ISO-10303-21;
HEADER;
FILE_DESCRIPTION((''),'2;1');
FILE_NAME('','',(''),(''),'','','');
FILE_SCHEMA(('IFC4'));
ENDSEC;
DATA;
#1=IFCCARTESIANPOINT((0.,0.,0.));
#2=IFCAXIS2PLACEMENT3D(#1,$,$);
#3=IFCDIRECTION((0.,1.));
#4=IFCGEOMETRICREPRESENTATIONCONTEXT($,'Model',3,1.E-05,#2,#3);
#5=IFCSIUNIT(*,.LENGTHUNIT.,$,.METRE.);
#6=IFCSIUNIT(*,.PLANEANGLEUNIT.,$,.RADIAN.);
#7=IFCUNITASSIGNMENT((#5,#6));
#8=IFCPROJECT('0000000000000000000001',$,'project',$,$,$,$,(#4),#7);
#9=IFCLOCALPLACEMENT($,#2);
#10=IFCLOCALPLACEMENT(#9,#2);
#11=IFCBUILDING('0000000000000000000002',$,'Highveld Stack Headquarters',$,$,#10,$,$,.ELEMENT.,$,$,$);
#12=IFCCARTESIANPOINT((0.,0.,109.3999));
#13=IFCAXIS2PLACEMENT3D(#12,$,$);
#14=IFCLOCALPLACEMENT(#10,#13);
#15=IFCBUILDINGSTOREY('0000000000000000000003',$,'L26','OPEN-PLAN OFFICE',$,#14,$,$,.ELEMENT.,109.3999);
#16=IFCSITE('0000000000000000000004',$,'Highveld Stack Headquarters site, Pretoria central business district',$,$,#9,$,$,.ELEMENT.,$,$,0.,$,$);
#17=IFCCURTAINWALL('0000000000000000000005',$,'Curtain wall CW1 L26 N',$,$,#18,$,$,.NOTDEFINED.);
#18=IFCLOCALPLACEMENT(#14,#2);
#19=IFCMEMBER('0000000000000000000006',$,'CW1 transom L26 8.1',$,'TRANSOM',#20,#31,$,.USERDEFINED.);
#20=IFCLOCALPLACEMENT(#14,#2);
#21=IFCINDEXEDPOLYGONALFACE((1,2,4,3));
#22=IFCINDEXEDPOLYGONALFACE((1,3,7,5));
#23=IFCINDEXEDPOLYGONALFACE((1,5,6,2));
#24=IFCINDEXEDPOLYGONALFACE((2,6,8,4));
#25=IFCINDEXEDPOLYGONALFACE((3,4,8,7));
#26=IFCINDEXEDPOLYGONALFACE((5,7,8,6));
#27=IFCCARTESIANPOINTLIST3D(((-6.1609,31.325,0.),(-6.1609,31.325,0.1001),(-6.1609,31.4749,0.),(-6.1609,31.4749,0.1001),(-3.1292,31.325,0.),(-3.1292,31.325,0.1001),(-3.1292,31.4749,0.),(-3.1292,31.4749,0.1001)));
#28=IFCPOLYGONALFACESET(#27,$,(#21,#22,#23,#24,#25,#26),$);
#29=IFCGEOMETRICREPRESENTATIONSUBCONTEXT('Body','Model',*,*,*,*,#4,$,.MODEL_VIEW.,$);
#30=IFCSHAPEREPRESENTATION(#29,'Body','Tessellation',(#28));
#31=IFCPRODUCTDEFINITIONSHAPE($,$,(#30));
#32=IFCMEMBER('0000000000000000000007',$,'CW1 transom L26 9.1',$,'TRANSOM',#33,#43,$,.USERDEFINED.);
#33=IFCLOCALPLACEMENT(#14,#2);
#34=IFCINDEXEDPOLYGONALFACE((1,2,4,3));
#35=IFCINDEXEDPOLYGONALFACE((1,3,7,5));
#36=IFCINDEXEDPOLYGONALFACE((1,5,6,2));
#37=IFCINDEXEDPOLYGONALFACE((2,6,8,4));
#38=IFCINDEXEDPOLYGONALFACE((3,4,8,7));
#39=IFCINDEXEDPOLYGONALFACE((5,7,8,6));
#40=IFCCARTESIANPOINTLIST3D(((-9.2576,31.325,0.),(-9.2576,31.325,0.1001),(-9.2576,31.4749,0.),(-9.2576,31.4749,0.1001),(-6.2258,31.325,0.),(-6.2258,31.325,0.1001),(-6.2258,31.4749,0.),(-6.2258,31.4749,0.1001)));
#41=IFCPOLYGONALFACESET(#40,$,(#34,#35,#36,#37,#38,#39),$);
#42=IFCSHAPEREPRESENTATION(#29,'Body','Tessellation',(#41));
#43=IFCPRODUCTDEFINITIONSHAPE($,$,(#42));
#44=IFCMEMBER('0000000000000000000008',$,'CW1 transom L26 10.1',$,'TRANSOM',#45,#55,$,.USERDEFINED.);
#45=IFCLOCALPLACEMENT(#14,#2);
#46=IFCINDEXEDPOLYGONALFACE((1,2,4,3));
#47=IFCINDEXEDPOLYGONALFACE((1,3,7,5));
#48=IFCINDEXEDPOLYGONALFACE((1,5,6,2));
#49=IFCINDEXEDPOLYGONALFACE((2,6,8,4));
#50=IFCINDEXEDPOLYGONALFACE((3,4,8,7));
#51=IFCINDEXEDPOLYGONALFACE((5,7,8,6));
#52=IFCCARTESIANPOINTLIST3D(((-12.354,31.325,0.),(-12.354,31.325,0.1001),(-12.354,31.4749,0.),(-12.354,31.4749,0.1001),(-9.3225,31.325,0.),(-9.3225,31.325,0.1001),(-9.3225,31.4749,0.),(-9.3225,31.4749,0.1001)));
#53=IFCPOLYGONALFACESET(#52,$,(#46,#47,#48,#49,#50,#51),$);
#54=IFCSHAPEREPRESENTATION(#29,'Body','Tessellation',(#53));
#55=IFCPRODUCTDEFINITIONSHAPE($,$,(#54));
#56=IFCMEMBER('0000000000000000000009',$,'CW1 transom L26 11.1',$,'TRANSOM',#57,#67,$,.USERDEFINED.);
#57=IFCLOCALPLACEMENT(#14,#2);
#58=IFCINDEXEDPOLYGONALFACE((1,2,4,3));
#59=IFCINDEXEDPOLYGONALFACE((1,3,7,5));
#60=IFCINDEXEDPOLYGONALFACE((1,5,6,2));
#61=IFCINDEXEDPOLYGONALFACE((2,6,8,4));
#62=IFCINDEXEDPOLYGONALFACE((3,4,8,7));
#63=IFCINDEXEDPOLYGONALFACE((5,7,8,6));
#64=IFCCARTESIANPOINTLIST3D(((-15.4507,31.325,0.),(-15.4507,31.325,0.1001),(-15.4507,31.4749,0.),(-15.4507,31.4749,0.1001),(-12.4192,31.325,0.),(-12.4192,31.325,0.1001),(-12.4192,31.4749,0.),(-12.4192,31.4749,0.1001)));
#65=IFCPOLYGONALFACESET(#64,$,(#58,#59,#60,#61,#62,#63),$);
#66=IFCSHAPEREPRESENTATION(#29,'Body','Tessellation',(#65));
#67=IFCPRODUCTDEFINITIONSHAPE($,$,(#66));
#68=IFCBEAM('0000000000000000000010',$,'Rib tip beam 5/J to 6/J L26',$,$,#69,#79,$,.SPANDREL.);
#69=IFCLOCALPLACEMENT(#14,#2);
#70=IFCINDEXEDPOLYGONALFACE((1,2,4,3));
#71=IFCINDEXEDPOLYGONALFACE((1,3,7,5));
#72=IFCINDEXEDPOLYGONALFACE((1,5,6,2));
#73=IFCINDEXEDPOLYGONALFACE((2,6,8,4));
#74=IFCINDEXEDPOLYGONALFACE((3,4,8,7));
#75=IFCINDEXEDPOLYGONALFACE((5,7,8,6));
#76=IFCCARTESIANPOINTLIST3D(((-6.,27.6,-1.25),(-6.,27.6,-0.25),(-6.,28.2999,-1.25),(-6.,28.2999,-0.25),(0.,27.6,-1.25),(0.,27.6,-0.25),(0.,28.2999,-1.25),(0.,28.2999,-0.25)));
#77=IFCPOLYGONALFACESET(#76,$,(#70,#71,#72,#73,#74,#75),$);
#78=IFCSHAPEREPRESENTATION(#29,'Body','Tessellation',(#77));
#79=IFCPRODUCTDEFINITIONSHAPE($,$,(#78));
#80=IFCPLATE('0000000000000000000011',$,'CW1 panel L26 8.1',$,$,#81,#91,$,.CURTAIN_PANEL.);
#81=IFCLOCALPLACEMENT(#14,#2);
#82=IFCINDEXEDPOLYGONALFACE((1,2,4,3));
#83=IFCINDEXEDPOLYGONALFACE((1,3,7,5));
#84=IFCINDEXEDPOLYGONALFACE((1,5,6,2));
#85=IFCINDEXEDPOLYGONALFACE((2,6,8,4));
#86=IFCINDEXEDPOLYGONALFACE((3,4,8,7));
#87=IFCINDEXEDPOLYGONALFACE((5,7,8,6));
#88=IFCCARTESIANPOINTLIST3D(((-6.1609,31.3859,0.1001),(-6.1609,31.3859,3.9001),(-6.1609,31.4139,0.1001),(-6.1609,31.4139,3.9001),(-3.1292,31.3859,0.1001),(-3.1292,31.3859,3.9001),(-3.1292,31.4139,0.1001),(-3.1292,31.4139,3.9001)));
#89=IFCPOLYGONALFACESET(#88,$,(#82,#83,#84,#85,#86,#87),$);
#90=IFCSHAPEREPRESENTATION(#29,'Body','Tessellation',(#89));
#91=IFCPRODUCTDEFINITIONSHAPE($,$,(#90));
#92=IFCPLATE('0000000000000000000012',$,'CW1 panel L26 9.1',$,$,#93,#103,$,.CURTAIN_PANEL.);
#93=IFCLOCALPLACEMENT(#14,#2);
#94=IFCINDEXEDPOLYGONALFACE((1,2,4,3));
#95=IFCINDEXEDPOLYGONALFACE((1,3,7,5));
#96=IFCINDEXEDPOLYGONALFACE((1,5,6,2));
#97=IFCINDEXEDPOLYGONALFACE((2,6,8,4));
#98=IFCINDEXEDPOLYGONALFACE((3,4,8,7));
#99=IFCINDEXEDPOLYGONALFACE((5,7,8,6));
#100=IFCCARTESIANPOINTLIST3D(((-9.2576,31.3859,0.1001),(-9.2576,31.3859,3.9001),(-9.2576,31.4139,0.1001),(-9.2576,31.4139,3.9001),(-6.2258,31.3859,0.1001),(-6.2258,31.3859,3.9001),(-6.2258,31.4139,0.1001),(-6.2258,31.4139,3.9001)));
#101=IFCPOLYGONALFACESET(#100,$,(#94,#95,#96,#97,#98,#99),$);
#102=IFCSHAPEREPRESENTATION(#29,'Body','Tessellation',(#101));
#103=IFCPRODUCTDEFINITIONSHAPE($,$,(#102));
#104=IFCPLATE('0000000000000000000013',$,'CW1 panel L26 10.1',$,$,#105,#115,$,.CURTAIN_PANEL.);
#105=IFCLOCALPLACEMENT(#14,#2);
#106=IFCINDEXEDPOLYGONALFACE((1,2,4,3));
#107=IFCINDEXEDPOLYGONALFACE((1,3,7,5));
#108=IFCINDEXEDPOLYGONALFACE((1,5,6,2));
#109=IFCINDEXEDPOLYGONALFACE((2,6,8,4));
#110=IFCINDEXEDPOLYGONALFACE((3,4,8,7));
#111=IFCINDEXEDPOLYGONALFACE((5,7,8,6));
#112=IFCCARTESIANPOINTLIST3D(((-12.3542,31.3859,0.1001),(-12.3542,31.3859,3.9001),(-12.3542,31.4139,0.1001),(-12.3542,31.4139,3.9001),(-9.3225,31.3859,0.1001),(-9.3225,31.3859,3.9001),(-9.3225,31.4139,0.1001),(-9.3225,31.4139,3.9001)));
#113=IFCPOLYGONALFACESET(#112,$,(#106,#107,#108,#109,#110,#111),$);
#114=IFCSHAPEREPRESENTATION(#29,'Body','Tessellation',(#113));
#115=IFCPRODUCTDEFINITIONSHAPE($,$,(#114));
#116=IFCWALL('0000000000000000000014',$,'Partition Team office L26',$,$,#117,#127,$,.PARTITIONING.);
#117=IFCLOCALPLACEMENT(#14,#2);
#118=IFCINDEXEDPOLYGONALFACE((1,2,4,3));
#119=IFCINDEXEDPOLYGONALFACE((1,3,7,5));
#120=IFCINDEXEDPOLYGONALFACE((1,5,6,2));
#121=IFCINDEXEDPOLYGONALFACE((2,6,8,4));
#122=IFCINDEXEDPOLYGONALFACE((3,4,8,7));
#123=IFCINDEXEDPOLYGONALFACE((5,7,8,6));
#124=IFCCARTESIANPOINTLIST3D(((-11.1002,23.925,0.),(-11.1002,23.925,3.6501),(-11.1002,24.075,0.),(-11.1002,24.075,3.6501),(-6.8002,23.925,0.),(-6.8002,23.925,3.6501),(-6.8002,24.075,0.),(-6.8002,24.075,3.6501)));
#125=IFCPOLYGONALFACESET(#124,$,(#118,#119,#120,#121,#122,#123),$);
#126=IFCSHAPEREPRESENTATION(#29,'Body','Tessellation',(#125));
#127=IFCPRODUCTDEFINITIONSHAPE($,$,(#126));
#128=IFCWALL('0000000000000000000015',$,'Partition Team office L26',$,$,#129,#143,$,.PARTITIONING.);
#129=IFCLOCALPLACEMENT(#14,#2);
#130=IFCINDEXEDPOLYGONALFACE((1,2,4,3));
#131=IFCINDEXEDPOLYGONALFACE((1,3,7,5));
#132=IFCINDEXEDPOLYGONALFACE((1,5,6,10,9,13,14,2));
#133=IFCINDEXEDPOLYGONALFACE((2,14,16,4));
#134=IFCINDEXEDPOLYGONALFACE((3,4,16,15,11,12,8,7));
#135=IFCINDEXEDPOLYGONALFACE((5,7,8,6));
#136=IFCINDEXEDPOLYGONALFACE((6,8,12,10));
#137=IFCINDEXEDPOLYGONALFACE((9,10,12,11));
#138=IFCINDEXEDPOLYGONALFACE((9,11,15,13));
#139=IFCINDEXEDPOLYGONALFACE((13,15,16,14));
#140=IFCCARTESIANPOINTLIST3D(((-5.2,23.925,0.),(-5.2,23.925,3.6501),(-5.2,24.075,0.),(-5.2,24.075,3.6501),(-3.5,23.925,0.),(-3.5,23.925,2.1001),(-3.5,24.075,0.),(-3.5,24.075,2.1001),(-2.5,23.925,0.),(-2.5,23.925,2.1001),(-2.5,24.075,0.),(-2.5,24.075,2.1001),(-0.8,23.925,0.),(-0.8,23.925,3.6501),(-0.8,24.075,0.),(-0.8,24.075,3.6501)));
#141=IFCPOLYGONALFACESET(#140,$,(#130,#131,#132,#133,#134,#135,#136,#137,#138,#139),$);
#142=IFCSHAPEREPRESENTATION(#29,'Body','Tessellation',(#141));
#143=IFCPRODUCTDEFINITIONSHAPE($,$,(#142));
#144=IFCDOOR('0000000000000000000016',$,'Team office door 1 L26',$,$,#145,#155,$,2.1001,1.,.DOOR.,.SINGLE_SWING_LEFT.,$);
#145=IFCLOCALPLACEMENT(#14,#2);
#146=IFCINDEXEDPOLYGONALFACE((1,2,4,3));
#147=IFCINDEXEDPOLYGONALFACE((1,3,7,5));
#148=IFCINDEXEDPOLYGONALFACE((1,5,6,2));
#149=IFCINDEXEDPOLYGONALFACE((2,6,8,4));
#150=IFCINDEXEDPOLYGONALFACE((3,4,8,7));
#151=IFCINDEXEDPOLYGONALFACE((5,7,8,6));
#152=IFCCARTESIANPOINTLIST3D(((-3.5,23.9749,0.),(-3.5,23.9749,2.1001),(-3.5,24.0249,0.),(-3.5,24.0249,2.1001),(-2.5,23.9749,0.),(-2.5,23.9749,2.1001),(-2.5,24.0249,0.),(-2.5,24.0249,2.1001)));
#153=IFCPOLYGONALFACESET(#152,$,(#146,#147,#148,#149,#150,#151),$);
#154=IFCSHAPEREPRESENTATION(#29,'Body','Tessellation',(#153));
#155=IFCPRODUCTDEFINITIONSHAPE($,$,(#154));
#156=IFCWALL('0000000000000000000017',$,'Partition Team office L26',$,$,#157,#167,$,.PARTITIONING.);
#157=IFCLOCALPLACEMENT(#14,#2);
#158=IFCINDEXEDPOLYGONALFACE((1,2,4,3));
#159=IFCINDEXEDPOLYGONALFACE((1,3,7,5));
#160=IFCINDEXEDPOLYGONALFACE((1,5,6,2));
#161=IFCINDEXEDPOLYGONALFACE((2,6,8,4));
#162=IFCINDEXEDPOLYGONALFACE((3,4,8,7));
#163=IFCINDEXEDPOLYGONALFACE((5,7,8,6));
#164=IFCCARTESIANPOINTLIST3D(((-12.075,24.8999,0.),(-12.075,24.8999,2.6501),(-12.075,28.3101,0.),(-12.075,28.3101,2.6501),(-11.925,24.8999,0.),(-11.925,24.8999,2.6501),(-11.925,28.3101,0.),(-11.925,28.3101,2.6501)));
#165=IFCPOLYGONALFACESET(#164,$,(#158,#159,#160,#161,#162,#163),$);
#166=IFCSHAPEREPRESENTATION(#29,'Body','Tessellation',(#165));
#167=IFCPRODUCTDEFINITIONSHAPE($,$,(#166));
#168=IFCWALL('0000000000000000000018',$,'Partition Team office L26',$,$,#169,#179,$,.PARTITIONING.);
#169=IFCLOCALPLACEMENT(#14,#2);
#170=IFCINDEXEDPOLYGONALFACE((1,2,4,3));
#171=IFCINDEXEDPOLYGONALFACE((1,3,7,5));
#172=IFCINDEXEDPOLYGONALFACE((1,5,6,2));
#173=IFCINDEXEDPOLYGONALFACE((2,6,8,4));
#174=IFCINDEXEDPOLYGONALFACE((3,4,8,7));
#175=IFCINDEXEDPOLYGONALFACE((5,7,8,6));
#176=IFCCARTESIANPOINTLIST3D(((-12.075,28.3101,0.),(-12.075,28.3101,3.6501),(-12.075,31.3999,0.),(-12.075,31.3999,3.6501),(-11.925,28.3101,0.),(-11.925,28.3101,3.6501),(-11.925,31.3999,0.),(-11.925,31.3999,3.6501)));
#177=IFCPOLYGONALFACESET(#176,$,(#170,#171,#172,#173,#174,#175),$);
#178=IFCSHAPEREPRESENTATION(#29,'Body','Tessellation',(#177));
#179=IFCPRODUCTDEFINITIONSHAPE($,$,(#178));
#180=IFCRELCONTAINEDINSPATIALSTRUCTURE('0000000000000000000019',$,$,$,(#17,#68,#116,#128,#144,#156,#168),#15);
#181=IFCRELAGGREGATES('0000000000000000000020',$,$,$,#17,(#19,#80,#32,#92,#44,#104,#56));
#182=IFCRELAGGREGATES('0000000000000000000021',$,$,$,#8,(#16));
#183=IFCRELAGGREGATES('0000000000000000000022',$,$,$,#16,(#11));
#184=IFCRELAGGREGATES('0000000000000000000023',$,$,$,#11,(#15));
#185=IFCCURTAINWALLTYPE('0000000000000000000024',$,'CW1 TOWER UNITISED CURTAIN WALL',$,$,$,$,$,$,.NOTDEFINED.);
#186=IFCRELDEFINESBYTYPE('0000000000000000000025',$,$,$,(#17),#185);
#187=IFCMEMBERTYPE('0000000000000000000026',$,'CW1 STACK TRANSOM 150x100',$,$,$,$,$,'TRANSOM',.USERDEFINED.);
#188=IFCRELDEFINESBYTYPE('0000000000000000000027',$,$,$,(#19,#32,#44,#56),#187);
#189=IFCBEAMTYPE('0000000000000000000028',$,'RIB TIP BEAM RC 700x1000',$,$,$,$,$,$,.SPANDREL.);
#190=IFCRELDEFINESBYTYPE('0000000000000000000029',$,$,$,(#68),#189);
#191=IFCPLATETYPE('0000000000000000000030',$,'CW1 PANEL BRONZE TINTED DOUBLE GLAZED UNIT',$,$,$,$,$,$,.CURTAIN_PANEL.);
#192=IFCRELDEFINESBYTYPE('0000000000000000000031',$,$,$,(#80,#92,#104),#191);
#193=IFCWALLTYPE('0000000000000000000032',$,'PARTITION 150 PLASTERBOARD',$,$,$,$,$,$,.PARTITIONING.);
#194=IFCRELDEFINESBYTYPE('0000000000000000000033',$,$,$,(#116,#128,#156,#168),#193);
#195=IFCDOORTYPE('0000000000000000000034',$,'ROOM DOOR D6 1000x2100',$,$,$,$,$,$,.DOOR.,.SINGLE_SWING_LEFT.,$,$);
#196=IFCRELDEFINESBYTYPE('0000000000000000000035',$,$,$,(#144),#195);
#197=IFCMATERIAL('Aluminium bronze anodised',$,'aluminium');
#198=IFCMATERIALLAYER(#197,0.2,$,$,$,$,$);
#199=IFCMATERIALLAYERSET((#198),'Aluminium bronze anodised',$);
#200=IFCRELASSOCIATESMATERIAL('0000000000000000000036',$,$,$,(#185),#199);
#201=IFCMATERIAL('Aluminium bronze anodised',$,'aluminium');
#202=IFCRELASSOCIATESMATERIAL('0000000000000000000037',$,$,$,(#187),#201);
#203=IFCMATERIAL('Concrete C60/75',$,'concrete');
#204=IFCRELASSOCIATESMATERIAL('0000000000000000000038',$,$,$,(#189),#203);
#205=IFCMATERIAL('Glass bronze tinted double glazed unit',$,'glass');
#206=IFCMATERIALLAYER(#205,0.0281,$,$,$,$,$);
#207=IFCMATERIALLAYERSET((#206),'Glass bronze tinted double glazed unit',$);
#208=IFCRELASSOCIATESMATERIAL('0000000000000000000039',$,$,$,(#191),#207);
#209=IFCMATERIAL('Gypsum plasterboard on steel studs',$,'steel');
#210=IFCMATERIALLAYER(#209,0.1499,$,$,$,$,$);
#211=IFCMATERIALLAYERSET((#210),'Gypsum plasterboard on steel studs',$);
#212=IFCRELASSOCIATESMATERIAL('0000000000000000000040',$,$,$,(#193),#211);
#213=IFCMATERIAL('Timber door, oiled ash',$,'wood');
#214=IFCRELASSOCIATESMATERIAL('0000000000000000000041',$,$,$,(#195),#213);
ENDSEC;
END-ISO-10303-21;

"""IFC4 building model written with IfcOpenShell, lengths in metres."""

from ifc_helpers import new_model, si_unit, direction, frame, frame_2d, origin, origin_2d, place, context, subcontext, project, spatial, rectangle, extrude, material, layer, layer_set, material_profile, profile_set, type_object, element, fill, aggregate, save


model = new_model("IFC4")

# Units and contexts
model_context = context("Model", 3, precision=1e-05, world=origin(), true_north=direction((0.0, 1.0)))
body_context = subcontext(model_context, "Body", "Model", "MODEL_VIEW")
ifc_project = project(units=[si_unit("LENGTHUNIT", "METRE"), si_unit("PLANEANGLEUNIT", "RADIAN")], contexts=[model_context])

# Site, building, storey
site_placement = place(None, origin())
site = spatial("IfcSite", under=ifc_project, at=site_placement, Name="Highveld Stack Headquarters site, Pretoria central business district", CompositionType="ELEMENT", RefElevation=0.0)
building_placement = place(site_placement, origin())
building = spatial("IfcBuilding", under=site, at=building_placement, Name="Highveld Stack Headquarters", CompositionType="ELEMENT")
storey_placement = place(building_placement, frame((0.0, 0.0, 109.3999)))
storey = spatial("IfcBuildingStorey", under=building, at=storey_placement, Name="L26", Description="OPEN-PLAN OFFICE", CompositionType="ELEMENT", Elevation=109.3999)

# Curtain wall, members
ifc_material_1 = material(Name="Aluminium bronze anodised", Category="aluminium")
ifc_layer_1 = layer(ifc_material_1, 0.2)
ifc_layer_set_1 = layer_set([ifc_layer_1], Name="Aluminium bronze anodised")
curtain_wall_type = type_object("IfcCurtainWallType", Name="CW1 TOWER UNITISED CURTAIN WALL", PredefinedType="NOTDEFINED", material=ifc_layer_set_1)
curtain_wall_placement = place(storey_placement, origin())
curtain_wall = element("IfcCurtainWall", 1, at=curtain_wall_placement, inside=storey, type_object=curtain_wall_type, Name="Curtain wall CW1 L26 N", PredefinedType="NOTDEFINED")
ifc_material_2 = material(Name="Aluminium bronze anodised", Category="aluminium")
ifc_material_profile_1 = material_profile(ifc_material_2, rectangle(XDim=0.1499, YDim=0.1001, at=origin_2d()), Name="CW1 TRANSOM 150x100")
ifc_profile_set_1 = profile_set([ifc_material_profile_1], Name="Aluminium bronze anodised")
member_type_1 = type_object("IfcMemberType", Name="CW1 STACK TRANSOM 150x100", ElementType="TRANSOM", PredefinedType="USERDEFINED", material=ifc_profile_set_1)
member_1_placement = place(storey_placement, frame((-3.1292, 31.3999, 0.05), z_axis=(-1.0, 0.0, 0.0), x_axis=(0.0, -1.0, 0.0)))
member_1 = element("IfcMember", 2, at=member_1_placement, type_object=member_type_1, Name="CW1 transom L26 8.1", ObjectType="TRANSOM", PredefinedType="USERDEFINED", context=body_context, shape_type="SweptSolid", body=[
    extrude(rectangle(XDim=0.1499, YDim=0.1001, at=origin_2d()), origin(), (0.0, 0.0, 1.0), 3.0317),
])
member_2_placement = place(storey_placement, frame((-6.2258, 31.3999, 0.05), z_axis=(-1.0, 0.0, 0.0), x_axis=(0.0, -1.0, 0.0)))
member_2 = element("IfcMember", 3, at=member_2_placement, type_object=member_type_1, Name="CW1 transom L26 9.1", ObjectType="TRANSOM", PredefinedType="USERDEFINED", context=body_context, shape_type="SweptSolid", body=[
    extrude(rectangle(XDim=0.1499, YDim=0.1001, at=origin_2d()), origin(), (0.0, 0.0, 1.0), 3.0317),
])
member_3_placement = place(storey_placement, frame((-9.3225, 31.3999, 0.05), z_axis=(-1.0, 0.0, 0.0), x_axis=(0.0, -1.0, 0.0)))
member_3 = element("IfcMember", 4, at=member_3_placement, type_object=member_type_1, Name="CW1 transom L26 10.1", ObjectType="TRANSOM", PredefinedType="USERDEFINED", context=body_context, shape_type="SweptSolid", body=[
    extrude(rectangle(XDim=0.1499, YDim=0.1001, at=origin_2d()), origin(), (0.0, 0.0, 1.0), 3.0315),
])
member_4_placement = place(storey_placement, frame((-12.4192, 31.3999, 0.05), z_axis=(-1.0, 0.0, 0.0), x_axis=(0.0, -1.0, 0.0)))
member_4 = element("IfcMember", 5, at=member_4_placement, type_object=member_type_1, Name="CW1 transom L26 11.1", ObjectType="TRANSOM", PredefinedType="USERDEFINED", context=body_context, shape_type="SweptSolid", body=[
    extrude(rectangle(XDim=0.1499, YDim=0.1001, at=origin_2d()), origin(), (0.0, 0.0, 1.0), 3.0315),
])

# Beam
ifc_material_3 = material(Name="Concrete C60/75", Category="concrete")
ifc_material_profile_2 = material_profile(ifc_material_3, rectangle(XDim=0.7, YDim=1.0, at=origin_2d()), Name="RC 700x1000")
ifc_profile_set_2 = profile_set([ifc_material_profile_2], Name="Concrete C60/75")
beam_type_1 = type_object("IfcBeamType", Name="RIB TIP BEAM RC 700x1000", PredefinedType="SPANDREL", material=ifc_profile_set_2)
beam_1_placement = place(storey_placement, frame((-6.0, 27.95, -0.75), z_axis=(1.0, 0.0, 0.0), x_axis=(0.0, 1.0, 0.0)))
element("IfcBeam", 6, at=beam_1_placement, inside=storey, type_object=beam_type_1, Name="Rib tip beam 5/J to 6/J L26", PredefinedType="SPANDREL", context=body_context, shape_type="SweptSolid", body=[
    extrude(rectangle(XDim=0.7, YDim=1.0, at=origin_2d()), origin(), (0.0, 0.0, 1.0), 6.0),
])

# Plates
ifc_material_4 = material(Name="Glass bronze tinted double glazed unit", Category="glass")
ifc_layer_2 = layer(ifc_material_4, 0.0281)
ifc_layer_set_2 = layer_set([ifc_layer_2], Name="Glass bronze tinted double glazed unit")
plate_type = type_object("IfcPlateType", Name="CW1 PANEL BRONZE TINTED DOUBLE GLAZED UNIT", PredefinedType="CURTAIN_PANEL", material=ifc_layer_set_2)
plate_1_placement = place(storey_placement, frame((-4.645, 31.3999, 0.1001), z_axis=(0.0, 0.0, 1.0), x_axis=(-1.0, 0.0, 0.0)))
plate_1 = element("IfcPlate", 7, at=plate_1_placement, type_object=plate_type, Name="CW1 panel L26 8.1", PredefinedType="CURTAIN_PANEL", context=body_context, shape_type="SweptSolid", body=[
    extrude(rectangle(XDim=3.0317, YDim=0.0281, at=origin_2d()), origin(), (0.0, 0.0, 1.0), 3.8),
])
plate_2_placement = place(storey_placement, frame((-7.7417, 31.3999, 0.1001), z_axis=(0.0, 0.0, 1.0), x_axis=(-1.0, 0.0, 0.0)))
plate_2 = element("IfcPlate", 8, at=plate_2_placement, type_object=plate_type, Name="CW1 panel L26 9.1", PredefinedType="CURTAIN_PANEL", context=body_context, shape_type="SweptSolid", body=[
    extrude(rectangle(XDim=3.0317, YDim=0.0281, at=origin_2d()), origin(), (0.0, 0.0, 1.0), 3.8),
])
plate_3_placement = place(storey_placement, frame((-10.8384, 31.3999, 0.1001), z_axis=(0.0, 0.0, 1.0), x_axis=(-1.0, 0.0, 0.0)))
plate_3 = element("IfcPlate", 9, at=plate_3_placement, type_object=plate_type, Name="CW1 panel L26 10.1", PredefinedType="CURTAIN_PANEL", context=body_context, shape_type="SweptSolid", body=[
    extrude(rectangle(XDim=3.0317, YDim=0.0281, at=origin_2d()), origin(), (0.0, 0.0, 1.0), 3.8),
])
aggregate(curtain_wall, [member_1, plate_1, member_2, plate_2, member_3, plate_3, member_4])

# Wall
ifc_material_5 = material(Name="Gypsum plasterboard on steel studs", Category="steel")
ifc_layer_3 = layer(ifc_material_5, 0.1499)
ifc_layer_set_3 = layer_set([ifc_layer_3], Name="Gypsum plasterboard on steel studs")
wall_type = type_object("IfcWallType", Name="PARTITION 150 PLASTERBOARD", PredefinedType="PARTITIONING", material=ifc_layer_set_3)
wall_1_placement = place(storey_placement, frame((-11.1001, 24.0, 0.0), z_axis=(0.0, 0.0, 1.0), x_axis=(1.0, 0.0, 0.0)))
element("IfcWall", 10, at=wall_1_placement, inside=storey, type_object=wall_type, Name="Partition Team office L26", PredefinedType="PARTITIONING", context=body_context, shape_type="SweptSolid", body=[
    extrude(rectangle(XDim=4.3, YDim=0.1499, at=frame_2d((2.1499, 0.0))), origin(), (0.0, 0.0, 1.0), 3.6501),
])

# Wall, opening, door
wall_2_placement = place(storey_placement, frame((-5.2, 24.0, 0.0), z_axis=(0.0, 0.0, 1.0), x_axis=(1.0, 0.0, 0.0)))
wall_2 = element("IfcWall", 11, at=wall_2_placement, inside=storey, type_object=wall_type, Name="Partition Team office L26", PredefinedType="PARTITIONING", context=body_context, shape_type="SweptSolid", body=[
    extrude(rectangle(XDim=4.3999, YDim=0.1499, at=frame_2d((2.2, 0.0))), origin(), (0.0, 0.0, 1.0), 3.6501),
])
opening_placement = place(wall_2_placement, frame((1.7, 0.0, 0.0)))
opening = element("IfcOpeningElement", 12, at=opening_placement, cuts=wall_2, PredefinedType="OPENING", context=body_context, shape_type="SweptSolid", body=[
    extrude(rectangle(XDim=1.0, YDim=2.1001, at=frame_2d((0.5, 1.05))), frame((0.0, 0.085, 0.0), z_axis=(0.0, -1.0, 0.0), x_axis=(1.0, 0.0, 0.0)), (0.0, 0.0, 1.0), 0.1699),
])
ifc_material_6 = material(Name="Timber door, oiled ash", Category="wood")
door_type = type_object("IfcDoorType", Name="ROOM DOOR D6 1000x2100", OperationType="SINGLE_SWING_LEFT", PredefinedType="DOOR", material=ifc_material_6)
door_placement = place(opening_placement, origin())
door = element("IfcDoor", 13, at=door_placement, inside=storey, type_object=door_type, Name="Team office door 1 L26", OperationType="SINGLE_SWING_LEFT", OverallHeight=2.1001, OverallWidth=1.0, PredefinedType="DOOR", context=body_context, shape_type="SweptSolid", body=[
    extrude(rectangle(XDim=1.0, YDim=2.1001, at=frame_2d((0.5, 1.05))), frame((0.0, 0.0249, 0.0), z_axis=(0.0, -1.0, 0.0), x_axis=(1.0, 0.0, 0.0)), (0.0, 0.0, 1.0), 0.05),
])
fill(opening, door)

# Walls
wall_3_placement = place(storey_placement, frame((-12.0, 24.8999, 0.0), z_axis=(0.0, 0.0, 1.0), x_axis=(0.0, 1.0, 0.0)))
element("IfcWall", 14, at=wall_3_placement, inside=storey, type_object=wall_type, Name="Partition Team office L26", PredefinedType="PARTITIONING", context=body_context, shape_type="SweptSolid", body=[
    extrude(rectangle(XDim=3.4102, YDim=0.1499, at=frame_2d((1.7051, 0.0))), origin(), (0.0, 0.0, 1.0), 2.6501),
])
wall_4_placement = place(storey_placement, frame((-12.0, 28.3101, 0.0), z_axis=(0.0, 0.0, 1.0), x_axis=(0.0, 1.0, 0.0)))
element("IfcWall", 15, at=wall_4_placement, inside=storey, type_object=wall_type, Name="Partition Team office L26", PredefinedType="PARTITIONING", context=body_context, shape_type="SweptSolid", body=[
    extrude(rectangle(XDim=3.0898, YDim=0.1499, at=frame_2d((1.5449, 0.0))), origin(), (0.0, 0.0, 1.0), 3.6501),
])

save(model, "model.ifc")
